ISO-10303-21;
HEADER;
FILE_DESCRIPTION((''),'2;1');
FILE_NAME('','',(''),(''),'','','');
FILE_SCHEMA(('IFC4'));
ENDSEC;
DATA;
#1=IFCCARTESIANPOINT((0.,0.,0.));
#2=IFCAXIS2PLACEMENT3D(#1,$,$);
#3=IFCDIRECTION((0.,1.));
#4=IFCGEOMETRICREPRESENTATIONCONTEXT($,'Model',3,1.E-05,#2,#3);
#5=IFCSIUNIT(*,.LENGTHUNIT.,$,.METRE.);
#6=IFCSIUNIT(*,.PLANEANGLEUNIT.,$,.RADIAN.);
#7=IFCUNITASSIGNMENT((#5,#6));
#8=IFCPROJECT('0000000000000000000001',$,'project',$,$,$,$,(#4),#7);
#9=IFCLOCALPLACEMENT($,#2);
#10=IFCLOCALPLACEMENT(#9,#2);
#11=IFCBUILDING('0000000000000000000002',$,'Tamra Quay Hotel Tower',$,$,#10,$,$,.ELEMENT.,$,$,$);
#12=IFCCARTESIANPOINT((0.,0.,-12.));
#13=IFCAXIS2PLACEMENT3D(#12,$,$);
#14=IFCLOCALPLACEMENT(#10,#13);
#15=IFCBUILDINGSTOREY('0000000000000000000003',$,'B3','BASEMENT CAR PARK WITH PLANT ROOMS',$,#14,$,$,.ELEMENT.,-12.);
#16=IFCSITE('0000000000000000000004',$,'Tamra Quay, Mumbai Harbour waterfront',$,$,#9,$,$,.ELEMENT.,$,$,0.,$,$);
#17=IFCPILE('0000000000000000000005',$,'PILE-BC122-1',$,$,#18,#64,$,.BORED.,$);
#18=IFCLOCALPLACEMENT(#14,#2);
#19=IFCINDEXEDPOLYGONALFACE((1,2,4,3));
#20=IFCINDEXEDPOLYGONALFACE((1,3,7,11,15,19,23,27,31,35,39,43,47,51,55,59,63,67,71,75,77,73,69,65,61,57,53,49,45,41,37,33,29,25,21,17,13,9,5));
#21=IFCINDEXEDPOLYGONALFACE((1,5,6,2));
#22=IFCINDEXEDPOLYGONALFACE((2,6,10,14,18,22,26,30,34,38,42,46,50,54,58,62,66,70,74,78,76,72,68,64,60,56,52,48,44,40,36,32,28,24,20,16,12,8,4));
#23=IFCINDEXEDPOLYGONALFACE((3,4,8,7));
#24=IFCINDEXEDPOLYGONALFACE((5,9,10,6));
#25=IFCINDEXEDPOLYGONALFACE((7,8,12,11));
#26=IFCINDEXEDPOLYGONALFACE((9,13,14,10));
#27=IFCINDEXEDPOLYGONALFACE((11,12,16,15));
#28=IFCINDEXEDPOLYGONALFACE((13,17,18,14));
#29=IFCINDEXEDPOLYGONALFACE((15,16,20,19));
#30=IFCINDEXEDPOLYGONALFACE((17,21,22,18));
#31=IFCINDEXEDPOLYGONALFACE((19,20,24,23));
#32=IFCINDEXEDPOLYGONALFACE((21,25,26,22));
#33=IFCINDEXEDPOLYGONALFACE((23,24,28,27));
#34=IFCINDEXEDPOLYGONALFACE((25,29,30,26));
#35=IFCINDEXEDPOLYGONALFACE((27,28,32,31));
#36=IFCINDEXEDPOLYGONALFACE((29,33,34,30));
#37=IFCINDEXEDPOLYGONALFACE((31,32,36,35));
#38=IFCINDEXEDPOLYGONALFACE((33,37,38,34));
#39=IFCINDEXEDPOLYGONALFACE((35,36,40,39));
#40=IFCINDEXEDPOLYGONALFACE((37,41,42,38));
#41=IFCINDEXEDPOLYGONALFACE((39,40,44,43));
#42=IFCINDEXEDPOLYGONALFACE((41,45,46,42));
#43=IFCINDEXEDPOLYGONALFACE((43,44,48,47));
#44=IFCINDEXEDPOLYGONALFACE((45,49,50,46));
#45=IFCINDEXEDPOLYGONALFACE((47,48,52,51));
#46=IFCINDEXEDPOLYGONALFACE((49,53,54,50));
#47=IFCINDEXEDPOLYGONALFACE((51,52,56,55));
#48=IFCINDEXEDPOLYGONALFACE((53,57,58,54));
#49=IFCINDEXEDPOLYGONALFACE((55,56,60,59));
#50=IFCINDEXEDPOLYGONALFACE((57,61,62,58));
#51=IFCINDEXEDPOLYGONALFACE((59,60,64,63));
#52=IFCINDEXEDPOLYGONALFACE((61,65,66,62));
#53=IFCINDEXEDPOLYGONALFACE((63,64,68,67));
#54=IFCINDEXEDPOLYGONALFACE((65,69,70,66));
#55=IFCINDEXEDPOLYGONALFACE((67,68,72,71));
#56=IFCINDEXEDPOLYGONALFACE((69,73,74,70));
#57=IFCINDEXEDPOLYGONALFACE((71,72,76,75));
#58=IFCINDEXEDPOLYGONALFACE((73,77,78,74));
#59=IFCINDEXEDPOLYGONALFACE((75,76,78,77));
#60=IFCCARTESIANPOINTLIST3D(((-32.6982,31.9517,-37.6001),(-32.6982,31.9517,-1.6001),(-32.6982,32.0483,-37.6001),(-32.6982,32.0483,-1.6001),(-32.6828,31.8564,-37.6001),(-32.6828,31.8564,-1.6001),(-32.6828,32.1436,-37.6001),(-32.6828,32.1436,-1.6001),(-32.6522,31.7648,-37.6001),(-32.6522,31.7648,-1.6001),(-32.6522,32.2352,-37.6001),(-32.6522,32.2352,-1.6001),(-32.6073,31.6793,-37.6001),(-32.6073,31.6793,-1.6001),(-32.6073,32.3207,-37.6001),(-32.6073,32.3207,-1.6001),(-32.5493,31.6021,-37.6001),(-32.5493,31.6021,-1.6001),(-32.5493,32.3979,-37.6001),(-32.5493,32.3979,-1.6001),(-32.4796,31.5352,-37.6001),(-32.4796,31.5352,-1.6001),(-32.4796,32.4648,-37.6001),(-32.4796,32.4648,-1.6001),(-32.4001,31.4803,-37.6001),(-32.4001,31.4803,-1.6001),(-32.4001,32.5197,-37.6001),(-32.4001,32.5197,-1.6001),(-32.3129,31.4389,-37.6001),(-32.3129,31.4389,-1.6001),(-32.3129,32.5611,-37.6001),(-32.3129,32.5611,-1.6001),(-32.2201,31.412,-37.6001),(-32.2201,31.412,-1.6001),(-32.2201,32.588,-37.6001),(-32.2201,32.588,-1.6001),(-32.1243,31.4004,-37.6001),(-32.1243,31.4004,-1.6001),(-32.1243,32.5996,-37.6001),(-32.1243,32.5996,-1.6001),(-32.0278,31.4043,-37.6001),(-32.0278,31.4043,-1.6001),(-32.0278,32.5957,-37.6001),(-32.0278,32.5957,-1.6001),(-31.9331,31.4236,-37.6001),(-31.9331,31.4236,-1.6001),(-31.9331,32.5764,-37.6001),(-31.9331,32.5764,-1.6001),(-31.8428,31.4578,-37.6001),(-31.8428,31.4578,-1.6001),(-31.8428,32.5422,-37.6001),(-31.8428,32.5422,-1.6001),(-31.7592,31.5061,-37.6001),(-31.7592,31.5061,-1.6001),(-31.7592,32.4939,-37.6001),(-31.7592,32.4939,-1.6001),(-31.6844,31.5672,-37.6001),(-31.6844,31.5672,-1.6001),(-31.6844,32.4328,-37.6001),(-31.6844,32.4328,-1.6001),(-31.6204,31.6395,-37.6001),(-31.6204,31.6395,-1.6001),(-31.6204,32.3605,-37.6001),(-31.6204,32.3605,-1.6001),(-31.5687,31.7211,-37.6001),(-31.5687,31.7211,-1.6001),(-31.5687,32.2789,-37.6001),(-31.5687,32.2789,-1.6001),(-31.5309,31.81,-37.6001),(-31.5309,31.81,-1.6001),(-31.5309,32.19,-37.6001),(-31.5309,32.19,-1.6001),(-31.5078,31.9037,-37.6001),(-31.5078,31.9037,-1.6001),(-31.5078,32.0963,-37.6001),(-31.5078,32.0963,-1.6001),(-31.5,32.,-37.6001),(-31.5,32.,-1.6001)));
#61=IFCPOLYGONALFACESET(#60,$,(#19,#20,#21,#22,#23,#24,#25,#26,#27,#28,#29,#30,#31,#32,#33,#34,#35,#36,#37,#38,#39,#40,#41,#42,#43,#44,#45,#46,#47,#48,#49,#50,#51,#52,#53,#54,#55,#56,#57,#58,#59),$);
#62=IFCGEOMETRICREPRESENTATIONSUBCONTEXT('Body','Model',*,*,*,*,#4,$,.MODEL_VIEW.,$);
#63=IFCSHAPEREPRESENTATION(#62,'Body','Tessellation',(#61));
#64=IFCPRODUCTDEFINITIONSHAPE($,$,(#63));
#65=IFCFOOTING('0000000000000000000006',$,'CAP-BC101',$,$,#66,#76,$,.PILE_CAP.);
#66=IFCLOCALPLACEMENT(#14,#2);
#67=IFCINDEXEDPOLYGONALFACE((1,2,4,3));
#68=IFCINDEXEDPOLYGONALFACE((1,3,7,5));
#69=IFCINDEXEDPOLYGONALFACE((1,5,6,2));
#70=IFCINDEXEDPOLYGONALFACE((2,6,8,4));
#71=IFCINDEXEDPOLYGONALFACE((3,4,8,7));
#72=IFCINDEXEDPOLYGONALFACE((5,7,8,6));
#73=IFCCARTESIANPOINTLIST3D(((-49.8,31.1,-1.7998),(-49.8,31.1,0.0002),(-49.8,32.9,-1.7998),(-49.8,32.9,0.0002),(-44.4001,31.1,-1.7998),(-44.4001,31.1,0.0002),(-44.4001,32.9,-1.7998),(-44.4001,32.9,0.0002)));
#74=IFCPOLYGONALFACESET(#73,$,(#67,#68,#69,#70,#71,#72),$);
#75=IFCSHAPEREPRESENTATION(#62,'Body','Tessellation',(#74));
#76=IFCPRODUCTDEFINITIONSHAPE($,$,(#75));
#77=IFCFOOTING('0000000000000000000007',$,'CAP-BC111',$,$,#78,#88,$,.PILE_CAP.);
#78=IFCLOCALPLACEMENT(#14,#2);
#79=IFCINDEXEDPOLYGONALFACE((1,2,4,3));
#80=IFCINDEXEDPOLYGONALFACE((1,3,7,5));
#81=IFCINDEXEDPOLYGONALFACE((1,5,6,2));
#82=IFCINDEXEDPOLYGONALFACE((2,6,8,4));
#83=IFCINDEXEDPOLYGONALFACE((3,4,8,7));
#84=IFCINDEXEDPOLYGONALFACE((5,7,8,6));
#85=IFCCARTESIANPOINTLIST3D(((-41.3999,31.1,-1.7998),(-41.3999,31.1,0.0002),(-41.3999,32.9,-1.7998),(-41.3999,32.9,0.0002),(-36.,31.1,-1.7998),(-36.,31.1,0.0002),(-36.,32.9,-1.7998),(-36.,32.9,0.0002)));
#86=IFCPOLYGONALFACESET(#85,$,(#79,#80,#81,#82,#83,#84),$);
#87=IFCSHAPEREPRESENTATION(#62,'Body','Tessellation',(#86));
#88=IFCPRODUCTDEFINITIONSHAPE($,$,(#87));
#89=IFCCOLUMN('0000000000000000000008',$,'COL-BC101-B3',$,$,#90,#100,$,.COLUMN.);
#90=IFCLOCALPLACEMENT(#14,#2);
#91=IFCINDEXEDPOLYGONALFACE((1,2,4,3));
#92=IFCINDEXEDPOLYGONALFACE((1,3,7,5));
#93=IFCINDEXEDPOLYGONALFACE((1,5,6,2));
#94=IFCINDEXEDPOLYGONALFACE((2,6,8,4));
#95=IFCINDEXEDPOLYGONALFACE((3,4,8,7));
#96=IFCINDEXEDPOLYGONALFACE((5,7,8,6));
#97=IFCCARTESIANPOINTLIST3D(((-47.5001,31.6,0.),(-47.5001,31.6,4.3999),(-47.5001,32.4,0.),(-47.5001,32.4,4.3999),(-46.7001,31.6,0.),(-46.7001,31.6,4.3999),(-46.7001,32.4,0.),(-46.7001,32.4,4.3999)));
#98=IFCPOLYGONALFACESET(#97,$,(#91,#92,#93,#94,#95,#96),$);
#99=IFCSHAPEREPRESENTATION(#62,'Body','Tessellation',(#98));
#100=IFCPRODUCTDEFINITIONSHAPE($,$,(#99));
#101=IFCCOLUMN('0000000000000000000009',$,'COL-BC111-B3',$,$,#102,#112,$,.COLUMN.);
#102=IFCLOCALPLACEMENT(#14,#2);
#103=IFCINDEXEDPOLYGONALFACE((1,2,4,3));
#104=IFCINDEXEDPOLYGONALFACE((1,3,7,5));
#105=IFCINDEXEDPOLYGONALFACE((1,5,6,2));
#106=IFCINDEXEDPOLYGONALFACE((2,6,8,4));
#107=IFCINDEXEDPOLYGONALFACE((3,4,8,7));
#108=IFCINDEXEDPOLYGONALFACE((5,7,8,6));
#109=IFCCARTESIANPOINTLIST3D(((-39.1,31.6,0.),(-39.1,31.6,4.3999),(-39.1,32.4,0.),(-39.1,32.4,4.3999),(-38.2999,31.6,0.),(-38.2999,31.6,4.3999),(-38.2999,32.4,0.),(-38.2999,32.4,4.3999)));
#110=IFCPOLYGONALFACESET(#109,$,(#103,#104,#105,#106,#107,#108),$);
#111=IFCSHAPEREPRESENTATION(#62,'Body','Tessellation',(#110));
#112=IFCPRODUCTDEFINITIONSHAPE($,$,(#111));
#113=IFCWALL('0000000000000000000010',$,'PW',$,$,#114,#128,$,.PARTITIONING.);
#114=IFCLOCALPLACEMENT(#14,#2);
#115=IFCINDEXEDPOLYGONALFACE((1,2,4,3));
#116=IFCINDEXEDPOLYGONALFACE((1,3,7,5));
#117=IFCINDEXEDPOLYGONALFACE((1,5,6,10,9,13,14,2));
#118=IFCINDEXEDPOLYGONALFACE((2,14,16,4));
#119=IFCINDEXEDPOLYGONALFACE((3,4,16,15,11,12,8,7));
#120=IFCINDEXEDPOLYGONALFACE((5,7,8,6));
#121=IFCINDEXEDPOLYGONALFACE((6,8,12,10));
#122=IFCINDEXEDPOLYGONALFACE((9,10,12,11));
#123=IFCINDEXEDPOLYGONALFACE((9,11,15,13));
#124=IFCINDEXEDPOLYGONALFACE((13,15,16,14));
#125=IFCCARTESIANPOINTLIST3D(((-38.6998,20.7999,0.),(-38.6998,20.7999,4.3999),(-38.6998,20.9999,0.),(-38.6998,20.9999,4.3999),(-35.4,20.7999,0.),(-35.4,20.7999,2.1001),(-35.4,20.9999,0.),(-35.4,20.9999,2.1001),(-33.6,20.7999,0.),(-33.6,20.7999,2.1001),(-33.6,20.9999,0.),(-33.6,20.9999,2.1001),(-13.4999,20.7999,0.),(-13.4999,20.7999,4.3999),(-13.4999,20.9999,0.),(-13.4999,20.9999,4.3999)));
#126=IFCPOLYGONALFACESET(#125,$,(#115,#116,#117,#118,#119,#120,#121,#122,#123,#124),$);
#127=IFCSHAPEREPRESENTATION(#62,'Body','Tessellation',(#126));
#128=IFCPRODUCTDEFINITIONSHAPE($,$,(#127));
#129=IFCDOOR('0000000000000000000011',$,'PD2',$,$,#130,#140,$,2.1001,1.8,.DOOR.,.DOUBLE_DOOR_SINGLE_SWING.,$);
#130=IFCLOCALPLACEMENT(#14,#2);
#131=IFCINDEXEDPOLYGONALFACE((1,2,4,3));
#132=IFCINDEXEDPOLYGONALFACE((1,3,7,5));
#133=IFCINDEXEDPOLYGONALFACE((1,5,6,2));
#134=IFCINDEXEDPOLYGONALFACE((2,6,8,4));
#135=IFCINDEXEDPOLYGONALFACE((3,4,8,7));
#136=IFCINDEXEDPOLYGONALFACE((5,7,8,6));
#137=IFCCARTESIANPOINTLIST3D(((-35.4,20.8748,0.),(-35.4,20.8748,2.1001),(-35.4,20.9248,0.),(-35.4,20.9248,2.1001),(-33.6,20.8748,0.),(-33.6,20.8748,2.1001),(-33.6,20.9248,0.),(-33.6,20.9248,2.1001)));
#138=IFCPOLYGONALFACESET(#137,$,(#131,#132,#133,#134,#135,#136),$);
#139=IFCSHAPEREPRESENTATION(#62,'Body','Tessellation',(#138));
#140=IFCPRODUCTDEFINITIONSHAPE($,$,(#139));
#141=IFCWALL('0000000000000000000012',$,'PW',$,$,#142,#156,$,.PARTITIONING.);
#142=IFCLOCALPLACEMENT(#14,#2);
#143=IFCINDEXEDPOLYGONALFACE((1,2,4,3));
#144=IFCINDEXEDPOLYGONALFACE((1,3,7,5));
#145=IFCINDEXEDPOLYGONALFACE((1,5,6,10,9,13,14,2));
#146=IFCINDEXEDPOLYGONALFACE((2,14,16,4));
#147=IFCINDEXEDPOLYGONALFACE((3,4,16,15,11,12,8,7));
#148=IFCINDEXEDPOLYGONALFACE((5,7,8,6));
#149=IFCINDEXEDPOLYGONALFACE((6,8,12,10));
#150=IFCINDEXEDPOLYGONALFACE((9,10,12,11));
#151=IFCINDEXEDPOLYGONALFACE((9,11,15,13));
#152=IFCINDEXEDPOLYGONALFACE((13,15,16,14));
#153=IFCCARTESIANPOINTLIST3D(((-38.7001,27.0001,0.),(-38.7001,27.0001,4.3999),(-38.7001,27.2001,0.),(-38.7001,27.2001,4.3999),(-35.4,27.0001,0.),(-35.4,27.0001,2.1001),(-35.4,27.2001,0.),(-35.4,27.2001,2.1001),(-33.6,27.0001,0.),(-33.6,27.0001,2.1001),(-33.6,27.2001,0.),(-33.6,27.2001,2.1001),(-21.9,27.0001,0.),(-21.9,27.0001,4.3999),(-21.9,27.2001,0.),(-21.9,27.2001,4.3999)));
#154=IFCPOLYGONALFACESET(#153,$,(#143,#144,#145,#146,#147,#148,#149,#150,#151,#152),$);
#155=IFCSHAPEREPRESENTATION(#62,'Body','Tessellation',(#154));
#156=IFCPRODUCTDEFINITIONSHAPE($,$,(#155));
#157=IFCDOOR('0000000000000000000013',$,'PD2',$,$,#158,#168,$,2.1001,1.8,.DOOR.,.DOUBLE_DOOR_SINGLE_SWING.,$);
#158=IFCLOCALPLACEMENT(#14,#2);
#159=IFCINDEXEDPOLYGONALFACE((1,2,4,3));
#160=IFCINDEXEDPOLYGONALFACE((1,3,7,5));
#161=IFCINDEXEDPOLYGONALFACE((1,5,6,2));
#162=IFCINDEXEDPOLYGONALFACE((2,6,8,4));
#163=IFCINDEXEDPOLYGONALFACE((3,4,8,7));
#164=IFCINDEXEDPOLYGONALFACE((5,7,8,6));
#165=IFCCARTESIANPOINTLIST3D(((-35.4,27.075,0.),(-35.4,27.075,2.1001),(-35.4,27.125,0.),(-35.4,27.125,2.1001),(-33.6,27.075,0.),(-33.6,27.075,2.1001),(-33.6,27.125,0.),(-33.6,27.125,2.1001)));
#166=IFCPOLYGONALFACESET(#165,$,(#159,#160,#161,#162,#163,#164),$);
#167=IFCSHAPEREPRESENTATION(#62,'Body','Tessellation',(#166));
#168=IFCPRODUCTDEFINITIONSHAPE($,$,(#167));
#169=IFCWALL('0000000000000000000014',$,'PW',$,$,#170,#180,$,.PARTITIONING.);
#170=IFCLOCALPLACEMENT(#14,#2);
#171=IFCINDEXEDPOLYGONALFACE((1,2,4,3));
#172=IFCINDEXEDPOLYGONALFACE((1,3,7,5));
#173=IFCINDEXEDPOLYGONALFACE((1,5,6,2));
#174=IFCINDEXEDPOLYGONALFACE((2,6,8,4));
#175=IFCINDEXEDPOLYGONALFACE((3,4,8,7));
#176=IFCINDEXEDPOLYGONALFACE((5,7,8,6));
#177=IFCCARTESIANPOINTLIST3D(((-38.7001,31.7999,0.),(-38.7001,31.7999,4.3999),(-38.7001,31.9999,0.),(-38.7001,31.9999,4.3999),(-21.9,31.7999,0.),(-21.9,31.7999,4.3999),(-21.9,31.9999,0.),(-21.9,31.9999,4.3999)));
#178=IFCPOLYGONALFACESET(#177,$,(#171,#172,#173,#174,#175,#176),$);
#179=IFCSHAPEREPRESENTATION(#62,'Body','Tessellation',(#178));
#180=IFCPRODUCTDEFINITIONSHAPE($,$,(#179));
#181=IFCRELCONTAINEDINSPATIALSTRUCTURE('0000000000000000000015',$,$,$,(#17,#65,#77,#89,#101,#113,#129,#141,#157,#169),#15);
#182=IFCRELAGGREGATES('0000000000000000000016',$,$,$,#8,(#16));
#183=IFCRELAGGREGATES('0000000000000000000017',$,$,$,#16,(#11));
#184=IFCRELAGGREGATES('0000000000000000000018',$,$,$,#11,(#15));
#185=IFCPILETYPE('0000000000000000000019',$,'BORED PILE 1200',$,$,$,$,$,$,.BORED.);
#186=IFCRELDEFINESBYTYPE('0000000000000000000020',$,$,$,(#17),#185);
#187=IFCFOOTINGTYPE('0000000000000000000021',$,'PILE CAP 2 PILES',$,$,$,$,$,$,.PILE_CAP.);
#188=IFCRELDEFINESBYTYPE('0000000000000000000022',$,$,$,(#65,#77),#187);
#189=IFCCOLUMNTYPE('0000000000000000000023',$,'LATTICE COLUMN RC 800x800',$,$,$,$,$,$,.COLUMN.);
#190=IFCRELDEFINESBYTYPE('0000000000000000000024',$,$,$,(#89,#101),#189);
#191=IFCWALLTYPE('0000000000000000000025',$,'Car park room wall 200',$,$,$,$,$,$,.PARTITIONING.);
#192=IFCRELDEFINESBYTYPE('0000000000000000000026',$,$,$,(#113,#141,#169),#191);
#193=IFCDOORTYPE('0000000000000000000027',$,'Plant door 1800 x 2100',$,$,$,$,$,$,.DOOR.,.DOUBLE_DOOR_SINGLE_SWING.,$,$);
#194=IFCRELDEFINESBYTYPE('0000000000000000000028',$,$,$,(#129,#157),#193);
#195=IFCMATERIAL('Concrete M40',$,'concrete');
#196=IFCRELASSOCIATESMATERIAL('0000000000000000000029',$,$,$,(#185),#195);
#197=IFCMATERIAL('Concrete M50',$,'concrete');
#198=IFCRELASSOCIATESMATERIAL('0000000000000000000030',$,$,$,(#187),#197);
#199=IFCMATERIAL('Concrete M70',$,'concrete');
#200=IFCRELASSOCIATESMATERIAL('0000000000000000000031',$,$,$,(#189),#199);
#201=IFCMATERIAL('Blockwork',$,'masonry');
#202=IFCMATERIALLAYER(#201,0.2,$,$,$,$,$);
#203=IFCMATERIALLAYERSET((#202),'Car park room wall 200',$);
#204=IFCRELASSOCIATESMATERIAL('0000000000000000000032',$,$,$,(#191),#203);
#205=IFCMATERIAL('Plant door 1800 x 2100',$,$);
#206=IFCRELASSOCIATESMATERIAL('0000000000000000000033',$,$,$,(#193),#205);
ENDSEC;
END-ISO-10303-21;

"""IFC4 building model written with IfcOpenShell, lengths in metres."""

from ifc_helpers import new_model, si_unit, direction, frame, frame_2d, origin, origin_2d, place, context, subcontext, project, spatial, rectangle, circle, extrude, material, layer, layer_set, material_profile, profile_set, type_object, element, fill, save


model = new_model("IFC4")

# Units and contexts
model_context = context("Model", 3, precision=1e-05, world=origin(), true_north=direction((0.0, 1.0)))
body_context = subcontext(model_context, "Body", "Model", "MODEL_VIEW")
ifc_project = project(units=[si_unit("LENGTHUNIT", "METRE"), si_unit("PLANEANGLEUNIT", "RADIAN")], contexts=[model_context])

# Site, building, storey
site_placement = place(None, origin())
site = spatial("IfcSite", under=ifc_project, at=site_placement, Name="Tamra Quay, Mumbai Harbour waterfront", CompositionType="ELEMENT", RefElevation=0.0)
building_placement = place(site_placement, origin())
building = spatial("IfcBuilding", under=site, at=building_placement, Name="Tamra Quay Hotel Tower", CompositionType="ELEMENT")
storey_placement = place(building_placement, frame((0.0, 0.0, -12.0)))
storey = spatial("IfcBuildingStorey", under=building, at=storey_placement, Name="B3", Description="BASEMENT CAR PARK WITH PLANT ROOMS", CompositionType="ELEMENT", Elevation=-12.0)

# Pile
ifc_material_1 = material(Name="Concrete M40", Category="concrete")
ifc_material_profile_1 = material_profile(ifc_material_1, circle(Radius=0.6001, at=origin_2d()), Name="BORED PILE 1200")
ifc_profile_set_1 = profile_set([ifc_material_profile_1], Name="Concrete M40")
pile_type = type_object("IfcPileType", Name="BORED PILE 1200", PredefinedType="BORED", material=ifc_profile_set_1)
for number, where, z_axis, x_axis, name in (
    (1, (-32.1001, 32.0, -1.6001), (0.0, 0.0, -1.0), (1.0, 0.0, 0.0), "PILE-BC122-1"),
):
    element("IfcPile", number, at=place(storey_placement, frame(where, z_axis=z_axis, x_axis=x_axis)), inside=storey, type_object=pile_type, Name=name, PredefinedType="BORED", context=body_context, shape_type="SweptSolid", body=[
        extrude(circle(Radius=0.6001, at=origin_2d()), origin(), (0.0, 0.0, 1.0), 36.0),
    ])

# Footings
ifc_material_2 = material(Name="Concrete M50", Category="concrete")
footing_type = type_object("IfcFootingType", Name="PILE CAP 2 PILES", PredefinedType="PILE_CAP", material=ifc_material_2)
for number, where, z_axis, x_axis, name in (
    (2, (-47.1001, 32.0, -1.7998), (0.0, 0.0, 1.0), (1.0, 0.0, 0.0), "CAP-BC101"),
    (3, (-38.7, 32.0, -1.7998), (0.0, 0.0, 1.0), (1.0, 0.0, 0.0), "CAP-BC111"),
):
    element("IfcFooting", number, at=place(storey_placement, frame(where, z_axis=z_axis, x_axis=x_axis)), inside=storey, type_object=footing_type, Name=name, PredefinedType="PILE_CAP", context=body_context, shape_type="SweptSolid", body=[
        extrude(rectangle(XDim=5.3999, YDim=1.8, at=origin_2d()), origin(), (0.0, 0.0, 1.0), 1.8),
    ])

# Columns
ifc_material_3 = material(Name="Concrete M70", Category="concrete")
ifc_material_profile_2 = material_profile(ifc_material_3, rectangle(XDim=0.8, YDim=0.8, at=origin_2d()), Name="LATTICE COLUMN RC 800x800")
ifc_profile_set_2 = profile_set([ifc_material_profile_2], Name="Concrete M70")
column_type = type_object("IfcColumnType", Name="LATTICE COLUMN RC 800x800", PredefinedType="COLUMN", material=ifc_profile_set_2)
for number, where, z_axis, x_axis, name in (
    (4, (-47.1001, 32.0, 0.0), (0.0, 0.0, 1.0), (1.0, 0.0, 0.0), "COL-BC101-B3"),
    (5, (-38.7, 32.0, 0.0), (0.0, 0.0, 1.0), (1.0, 0.0, 0.0), "COL-BC111-B3"),
):
    element("IfcColumn", number, at=place(storey_placement, frame(where, z_axis=z_axis, x_axis=x_axis)), inside=storey, type_object=column_type, Name=name, PredefinedType="COLUMN", context=body_context, shape_type="SweptSolid", body=[
        extrude(rectangle(XDim=0.8, YDim=0.8, at=origin_2d()), origin(), (0.0, 0.0, 1.0), 4.3999),
    ])

# Walls, openings, doors
ifc_material_4 = material(Name="Blockwork", Category="masonry")
ifc_layer_1 = layer(ifc_material_4, 0.2)
ifc_layer_set_1 = layer_set([ifc_layer_1], Name="Car park room wall 200")
wall_type_1 = type_object("IfcWallType", Name="Car park room wall 200", PredefinedType="PARTITIONING", material=ifc_layer_set_1)
wall_1_placement = place(storey_placement, frame((-38.7, 20.8999, 0.0), z_axis=(0.0, 0.0, 1.0), x_axis=(1.0, 0.0, 0.0)))
wall_1 = element("IfcWall", 6, at=wall_1_placement, inside=storey, type_object=wall_type_1, Name="PW", PredefinedType="PARTITIONING", context=body_context, shape_type="SweptSolid", body=[
    extrude(rectangle(XDim=25.2, YDim=0.2, at=frame_2d((12.6001, 0.0))), origin(), (0.0, 0.0, 1.0), 4.3999),
])
opening_1_placement = place(wall_1_placement, frame((3.3, 0.0, 0.0)))
opening_1 = element("IfcOpeningElement", 7, at=opening_1_placement, cuts=wall_1, PredefinedType="OPENING", context=body_context, shape_type="SweptSolid", body=[
    extrude(rectangle(XDim=1.8, YDim=2.1001, at=frame_2d((0.8999, 1.05))), frame((0.0, 0.1099, 0.0), z_axis=(0.0, -1.0, 0.0), x_axis=(1.0, 0.0, 0.0)), (0.0, 0.0, 1.0), 0.22),
])
ifc_material_5 = material(Name="Plant door 1800 x 2100")
door_type_1 = type_object("IfcDoorType", Name="Plant door 1800 x 2100", OperationType="DOUBLE_DOOR_SINGLE_SWING", PredefinedType="DOOR", material=ifc_material_5)
door_1_placement = place(opening_1_placement, origin())
door_1 = element("IfcDoor", 8, at=door_1_placement, inside=storey, type_object=door_type_1, Name="PD2", OperationType="DOUBLE_DOOR_SINGLE_SWING", OverallHeight=2.1001, OverallWidth=1.8, PredefinedType="DOOR", context=body_context, shape_type="SweptSolid", body=[
    extrude(rectangle(XDim=1.8, YDim=2.1001, at=frame_2d((0.8999, 1.05))), frame((0.0, 0.0249, 0.0), z_axis=(0.0, -1.0, 0.0), x_axis=(1.0, 0.0, 0.0)), (0.0, 0.0, 1.0), 0.05),
])
fill(opening_1, door_1)
wall_2_placement = place(storey_placement, frame((-38.7, 27.1001, 0.0), z_axis=(0.0, 0.0, 1.0), x_axis=(1.0, 0.0, 0.0)))
wall_2 = element("IfcWall", 9, at=wall_2_placement, inside=storey, type_object=wall_type_1, Name="PW", PredefinedType="PARTITIONING", context=body_context, shape_type="SweptSolid", body=[
    extrude(rectangle(XDim=16.8, YDim=0.2, at=frame_2d((8.3999, 0.0))), origin(), (0.0, 0.0, 1.0), 4.3999),
])
opening_2_placement = place(wall_2_placement, frame((3.3, 0.0, 0.0)))
opening_2 = element("IfcOpeningElement", 10, at=opening_2_placement, cuts=wall_2, PredefinedType="OPENING", context=body_context, shape_type="SweptSolid", body=[
    extrude(rectangle(XDim=1.8, YDim=2.1001, at=frame_2d((0.8999, 1.05))), frame((0.0, 0.1099, 0.0), z_axis=(0.0, -1.0, 0.0), x_axis=(1.0, 0.0, 0.0)), (0.0, 0.0, 1.0), 0.22),
])
door_2_placement = place(opening_2_placement, origin())
door_2 = element("IfcDoor", 11, at=door_2_placement, inside=storey, type_object=door_type_1, Name="PD2", OperationType="DOUBLE_DOOR_SINGLE_SWING", OverallHeight=2.1001, OverallWidth=1.8, PredefinedType="DOOR", context=body_context, shape_type="SweptSolid", body=[
    extrude(rectangle(XDim=1.8, YDim=2.1001, at=frame_2d((0.8999, 1.05))), frame((0.0, 0.0249, 0.0), z_axis=(0.0, -1.0, 0.0), x_axis=(1.0, 0.0, 0.0)), (0.0, 0.0, 1.0), 0.05),
])
fill(opening_2, door_2)

# Wall
wall_3_placement = place(storey_placement, frame((-38.7, 31.8999, 0.0), z_axis=(0.0, 0.0, 1.0), x_axis=(1.0, 0.0, 0.0)))
element("IfcWall", 12, at=wall_3_placement, inside=storey, type_object=wall_type_1, Name="PW", PredefinedType="PARTITIONING", context=body_context, shape_type="SweptSolid", body=[
    extrude(rectangle(XDim=16.8, YDim=0.2, at=frame_2d((8.3999, 0.0))), origin(), (0.0, 0.0, 1.0), 4.3999),
])

save(model, "model.ifc")
